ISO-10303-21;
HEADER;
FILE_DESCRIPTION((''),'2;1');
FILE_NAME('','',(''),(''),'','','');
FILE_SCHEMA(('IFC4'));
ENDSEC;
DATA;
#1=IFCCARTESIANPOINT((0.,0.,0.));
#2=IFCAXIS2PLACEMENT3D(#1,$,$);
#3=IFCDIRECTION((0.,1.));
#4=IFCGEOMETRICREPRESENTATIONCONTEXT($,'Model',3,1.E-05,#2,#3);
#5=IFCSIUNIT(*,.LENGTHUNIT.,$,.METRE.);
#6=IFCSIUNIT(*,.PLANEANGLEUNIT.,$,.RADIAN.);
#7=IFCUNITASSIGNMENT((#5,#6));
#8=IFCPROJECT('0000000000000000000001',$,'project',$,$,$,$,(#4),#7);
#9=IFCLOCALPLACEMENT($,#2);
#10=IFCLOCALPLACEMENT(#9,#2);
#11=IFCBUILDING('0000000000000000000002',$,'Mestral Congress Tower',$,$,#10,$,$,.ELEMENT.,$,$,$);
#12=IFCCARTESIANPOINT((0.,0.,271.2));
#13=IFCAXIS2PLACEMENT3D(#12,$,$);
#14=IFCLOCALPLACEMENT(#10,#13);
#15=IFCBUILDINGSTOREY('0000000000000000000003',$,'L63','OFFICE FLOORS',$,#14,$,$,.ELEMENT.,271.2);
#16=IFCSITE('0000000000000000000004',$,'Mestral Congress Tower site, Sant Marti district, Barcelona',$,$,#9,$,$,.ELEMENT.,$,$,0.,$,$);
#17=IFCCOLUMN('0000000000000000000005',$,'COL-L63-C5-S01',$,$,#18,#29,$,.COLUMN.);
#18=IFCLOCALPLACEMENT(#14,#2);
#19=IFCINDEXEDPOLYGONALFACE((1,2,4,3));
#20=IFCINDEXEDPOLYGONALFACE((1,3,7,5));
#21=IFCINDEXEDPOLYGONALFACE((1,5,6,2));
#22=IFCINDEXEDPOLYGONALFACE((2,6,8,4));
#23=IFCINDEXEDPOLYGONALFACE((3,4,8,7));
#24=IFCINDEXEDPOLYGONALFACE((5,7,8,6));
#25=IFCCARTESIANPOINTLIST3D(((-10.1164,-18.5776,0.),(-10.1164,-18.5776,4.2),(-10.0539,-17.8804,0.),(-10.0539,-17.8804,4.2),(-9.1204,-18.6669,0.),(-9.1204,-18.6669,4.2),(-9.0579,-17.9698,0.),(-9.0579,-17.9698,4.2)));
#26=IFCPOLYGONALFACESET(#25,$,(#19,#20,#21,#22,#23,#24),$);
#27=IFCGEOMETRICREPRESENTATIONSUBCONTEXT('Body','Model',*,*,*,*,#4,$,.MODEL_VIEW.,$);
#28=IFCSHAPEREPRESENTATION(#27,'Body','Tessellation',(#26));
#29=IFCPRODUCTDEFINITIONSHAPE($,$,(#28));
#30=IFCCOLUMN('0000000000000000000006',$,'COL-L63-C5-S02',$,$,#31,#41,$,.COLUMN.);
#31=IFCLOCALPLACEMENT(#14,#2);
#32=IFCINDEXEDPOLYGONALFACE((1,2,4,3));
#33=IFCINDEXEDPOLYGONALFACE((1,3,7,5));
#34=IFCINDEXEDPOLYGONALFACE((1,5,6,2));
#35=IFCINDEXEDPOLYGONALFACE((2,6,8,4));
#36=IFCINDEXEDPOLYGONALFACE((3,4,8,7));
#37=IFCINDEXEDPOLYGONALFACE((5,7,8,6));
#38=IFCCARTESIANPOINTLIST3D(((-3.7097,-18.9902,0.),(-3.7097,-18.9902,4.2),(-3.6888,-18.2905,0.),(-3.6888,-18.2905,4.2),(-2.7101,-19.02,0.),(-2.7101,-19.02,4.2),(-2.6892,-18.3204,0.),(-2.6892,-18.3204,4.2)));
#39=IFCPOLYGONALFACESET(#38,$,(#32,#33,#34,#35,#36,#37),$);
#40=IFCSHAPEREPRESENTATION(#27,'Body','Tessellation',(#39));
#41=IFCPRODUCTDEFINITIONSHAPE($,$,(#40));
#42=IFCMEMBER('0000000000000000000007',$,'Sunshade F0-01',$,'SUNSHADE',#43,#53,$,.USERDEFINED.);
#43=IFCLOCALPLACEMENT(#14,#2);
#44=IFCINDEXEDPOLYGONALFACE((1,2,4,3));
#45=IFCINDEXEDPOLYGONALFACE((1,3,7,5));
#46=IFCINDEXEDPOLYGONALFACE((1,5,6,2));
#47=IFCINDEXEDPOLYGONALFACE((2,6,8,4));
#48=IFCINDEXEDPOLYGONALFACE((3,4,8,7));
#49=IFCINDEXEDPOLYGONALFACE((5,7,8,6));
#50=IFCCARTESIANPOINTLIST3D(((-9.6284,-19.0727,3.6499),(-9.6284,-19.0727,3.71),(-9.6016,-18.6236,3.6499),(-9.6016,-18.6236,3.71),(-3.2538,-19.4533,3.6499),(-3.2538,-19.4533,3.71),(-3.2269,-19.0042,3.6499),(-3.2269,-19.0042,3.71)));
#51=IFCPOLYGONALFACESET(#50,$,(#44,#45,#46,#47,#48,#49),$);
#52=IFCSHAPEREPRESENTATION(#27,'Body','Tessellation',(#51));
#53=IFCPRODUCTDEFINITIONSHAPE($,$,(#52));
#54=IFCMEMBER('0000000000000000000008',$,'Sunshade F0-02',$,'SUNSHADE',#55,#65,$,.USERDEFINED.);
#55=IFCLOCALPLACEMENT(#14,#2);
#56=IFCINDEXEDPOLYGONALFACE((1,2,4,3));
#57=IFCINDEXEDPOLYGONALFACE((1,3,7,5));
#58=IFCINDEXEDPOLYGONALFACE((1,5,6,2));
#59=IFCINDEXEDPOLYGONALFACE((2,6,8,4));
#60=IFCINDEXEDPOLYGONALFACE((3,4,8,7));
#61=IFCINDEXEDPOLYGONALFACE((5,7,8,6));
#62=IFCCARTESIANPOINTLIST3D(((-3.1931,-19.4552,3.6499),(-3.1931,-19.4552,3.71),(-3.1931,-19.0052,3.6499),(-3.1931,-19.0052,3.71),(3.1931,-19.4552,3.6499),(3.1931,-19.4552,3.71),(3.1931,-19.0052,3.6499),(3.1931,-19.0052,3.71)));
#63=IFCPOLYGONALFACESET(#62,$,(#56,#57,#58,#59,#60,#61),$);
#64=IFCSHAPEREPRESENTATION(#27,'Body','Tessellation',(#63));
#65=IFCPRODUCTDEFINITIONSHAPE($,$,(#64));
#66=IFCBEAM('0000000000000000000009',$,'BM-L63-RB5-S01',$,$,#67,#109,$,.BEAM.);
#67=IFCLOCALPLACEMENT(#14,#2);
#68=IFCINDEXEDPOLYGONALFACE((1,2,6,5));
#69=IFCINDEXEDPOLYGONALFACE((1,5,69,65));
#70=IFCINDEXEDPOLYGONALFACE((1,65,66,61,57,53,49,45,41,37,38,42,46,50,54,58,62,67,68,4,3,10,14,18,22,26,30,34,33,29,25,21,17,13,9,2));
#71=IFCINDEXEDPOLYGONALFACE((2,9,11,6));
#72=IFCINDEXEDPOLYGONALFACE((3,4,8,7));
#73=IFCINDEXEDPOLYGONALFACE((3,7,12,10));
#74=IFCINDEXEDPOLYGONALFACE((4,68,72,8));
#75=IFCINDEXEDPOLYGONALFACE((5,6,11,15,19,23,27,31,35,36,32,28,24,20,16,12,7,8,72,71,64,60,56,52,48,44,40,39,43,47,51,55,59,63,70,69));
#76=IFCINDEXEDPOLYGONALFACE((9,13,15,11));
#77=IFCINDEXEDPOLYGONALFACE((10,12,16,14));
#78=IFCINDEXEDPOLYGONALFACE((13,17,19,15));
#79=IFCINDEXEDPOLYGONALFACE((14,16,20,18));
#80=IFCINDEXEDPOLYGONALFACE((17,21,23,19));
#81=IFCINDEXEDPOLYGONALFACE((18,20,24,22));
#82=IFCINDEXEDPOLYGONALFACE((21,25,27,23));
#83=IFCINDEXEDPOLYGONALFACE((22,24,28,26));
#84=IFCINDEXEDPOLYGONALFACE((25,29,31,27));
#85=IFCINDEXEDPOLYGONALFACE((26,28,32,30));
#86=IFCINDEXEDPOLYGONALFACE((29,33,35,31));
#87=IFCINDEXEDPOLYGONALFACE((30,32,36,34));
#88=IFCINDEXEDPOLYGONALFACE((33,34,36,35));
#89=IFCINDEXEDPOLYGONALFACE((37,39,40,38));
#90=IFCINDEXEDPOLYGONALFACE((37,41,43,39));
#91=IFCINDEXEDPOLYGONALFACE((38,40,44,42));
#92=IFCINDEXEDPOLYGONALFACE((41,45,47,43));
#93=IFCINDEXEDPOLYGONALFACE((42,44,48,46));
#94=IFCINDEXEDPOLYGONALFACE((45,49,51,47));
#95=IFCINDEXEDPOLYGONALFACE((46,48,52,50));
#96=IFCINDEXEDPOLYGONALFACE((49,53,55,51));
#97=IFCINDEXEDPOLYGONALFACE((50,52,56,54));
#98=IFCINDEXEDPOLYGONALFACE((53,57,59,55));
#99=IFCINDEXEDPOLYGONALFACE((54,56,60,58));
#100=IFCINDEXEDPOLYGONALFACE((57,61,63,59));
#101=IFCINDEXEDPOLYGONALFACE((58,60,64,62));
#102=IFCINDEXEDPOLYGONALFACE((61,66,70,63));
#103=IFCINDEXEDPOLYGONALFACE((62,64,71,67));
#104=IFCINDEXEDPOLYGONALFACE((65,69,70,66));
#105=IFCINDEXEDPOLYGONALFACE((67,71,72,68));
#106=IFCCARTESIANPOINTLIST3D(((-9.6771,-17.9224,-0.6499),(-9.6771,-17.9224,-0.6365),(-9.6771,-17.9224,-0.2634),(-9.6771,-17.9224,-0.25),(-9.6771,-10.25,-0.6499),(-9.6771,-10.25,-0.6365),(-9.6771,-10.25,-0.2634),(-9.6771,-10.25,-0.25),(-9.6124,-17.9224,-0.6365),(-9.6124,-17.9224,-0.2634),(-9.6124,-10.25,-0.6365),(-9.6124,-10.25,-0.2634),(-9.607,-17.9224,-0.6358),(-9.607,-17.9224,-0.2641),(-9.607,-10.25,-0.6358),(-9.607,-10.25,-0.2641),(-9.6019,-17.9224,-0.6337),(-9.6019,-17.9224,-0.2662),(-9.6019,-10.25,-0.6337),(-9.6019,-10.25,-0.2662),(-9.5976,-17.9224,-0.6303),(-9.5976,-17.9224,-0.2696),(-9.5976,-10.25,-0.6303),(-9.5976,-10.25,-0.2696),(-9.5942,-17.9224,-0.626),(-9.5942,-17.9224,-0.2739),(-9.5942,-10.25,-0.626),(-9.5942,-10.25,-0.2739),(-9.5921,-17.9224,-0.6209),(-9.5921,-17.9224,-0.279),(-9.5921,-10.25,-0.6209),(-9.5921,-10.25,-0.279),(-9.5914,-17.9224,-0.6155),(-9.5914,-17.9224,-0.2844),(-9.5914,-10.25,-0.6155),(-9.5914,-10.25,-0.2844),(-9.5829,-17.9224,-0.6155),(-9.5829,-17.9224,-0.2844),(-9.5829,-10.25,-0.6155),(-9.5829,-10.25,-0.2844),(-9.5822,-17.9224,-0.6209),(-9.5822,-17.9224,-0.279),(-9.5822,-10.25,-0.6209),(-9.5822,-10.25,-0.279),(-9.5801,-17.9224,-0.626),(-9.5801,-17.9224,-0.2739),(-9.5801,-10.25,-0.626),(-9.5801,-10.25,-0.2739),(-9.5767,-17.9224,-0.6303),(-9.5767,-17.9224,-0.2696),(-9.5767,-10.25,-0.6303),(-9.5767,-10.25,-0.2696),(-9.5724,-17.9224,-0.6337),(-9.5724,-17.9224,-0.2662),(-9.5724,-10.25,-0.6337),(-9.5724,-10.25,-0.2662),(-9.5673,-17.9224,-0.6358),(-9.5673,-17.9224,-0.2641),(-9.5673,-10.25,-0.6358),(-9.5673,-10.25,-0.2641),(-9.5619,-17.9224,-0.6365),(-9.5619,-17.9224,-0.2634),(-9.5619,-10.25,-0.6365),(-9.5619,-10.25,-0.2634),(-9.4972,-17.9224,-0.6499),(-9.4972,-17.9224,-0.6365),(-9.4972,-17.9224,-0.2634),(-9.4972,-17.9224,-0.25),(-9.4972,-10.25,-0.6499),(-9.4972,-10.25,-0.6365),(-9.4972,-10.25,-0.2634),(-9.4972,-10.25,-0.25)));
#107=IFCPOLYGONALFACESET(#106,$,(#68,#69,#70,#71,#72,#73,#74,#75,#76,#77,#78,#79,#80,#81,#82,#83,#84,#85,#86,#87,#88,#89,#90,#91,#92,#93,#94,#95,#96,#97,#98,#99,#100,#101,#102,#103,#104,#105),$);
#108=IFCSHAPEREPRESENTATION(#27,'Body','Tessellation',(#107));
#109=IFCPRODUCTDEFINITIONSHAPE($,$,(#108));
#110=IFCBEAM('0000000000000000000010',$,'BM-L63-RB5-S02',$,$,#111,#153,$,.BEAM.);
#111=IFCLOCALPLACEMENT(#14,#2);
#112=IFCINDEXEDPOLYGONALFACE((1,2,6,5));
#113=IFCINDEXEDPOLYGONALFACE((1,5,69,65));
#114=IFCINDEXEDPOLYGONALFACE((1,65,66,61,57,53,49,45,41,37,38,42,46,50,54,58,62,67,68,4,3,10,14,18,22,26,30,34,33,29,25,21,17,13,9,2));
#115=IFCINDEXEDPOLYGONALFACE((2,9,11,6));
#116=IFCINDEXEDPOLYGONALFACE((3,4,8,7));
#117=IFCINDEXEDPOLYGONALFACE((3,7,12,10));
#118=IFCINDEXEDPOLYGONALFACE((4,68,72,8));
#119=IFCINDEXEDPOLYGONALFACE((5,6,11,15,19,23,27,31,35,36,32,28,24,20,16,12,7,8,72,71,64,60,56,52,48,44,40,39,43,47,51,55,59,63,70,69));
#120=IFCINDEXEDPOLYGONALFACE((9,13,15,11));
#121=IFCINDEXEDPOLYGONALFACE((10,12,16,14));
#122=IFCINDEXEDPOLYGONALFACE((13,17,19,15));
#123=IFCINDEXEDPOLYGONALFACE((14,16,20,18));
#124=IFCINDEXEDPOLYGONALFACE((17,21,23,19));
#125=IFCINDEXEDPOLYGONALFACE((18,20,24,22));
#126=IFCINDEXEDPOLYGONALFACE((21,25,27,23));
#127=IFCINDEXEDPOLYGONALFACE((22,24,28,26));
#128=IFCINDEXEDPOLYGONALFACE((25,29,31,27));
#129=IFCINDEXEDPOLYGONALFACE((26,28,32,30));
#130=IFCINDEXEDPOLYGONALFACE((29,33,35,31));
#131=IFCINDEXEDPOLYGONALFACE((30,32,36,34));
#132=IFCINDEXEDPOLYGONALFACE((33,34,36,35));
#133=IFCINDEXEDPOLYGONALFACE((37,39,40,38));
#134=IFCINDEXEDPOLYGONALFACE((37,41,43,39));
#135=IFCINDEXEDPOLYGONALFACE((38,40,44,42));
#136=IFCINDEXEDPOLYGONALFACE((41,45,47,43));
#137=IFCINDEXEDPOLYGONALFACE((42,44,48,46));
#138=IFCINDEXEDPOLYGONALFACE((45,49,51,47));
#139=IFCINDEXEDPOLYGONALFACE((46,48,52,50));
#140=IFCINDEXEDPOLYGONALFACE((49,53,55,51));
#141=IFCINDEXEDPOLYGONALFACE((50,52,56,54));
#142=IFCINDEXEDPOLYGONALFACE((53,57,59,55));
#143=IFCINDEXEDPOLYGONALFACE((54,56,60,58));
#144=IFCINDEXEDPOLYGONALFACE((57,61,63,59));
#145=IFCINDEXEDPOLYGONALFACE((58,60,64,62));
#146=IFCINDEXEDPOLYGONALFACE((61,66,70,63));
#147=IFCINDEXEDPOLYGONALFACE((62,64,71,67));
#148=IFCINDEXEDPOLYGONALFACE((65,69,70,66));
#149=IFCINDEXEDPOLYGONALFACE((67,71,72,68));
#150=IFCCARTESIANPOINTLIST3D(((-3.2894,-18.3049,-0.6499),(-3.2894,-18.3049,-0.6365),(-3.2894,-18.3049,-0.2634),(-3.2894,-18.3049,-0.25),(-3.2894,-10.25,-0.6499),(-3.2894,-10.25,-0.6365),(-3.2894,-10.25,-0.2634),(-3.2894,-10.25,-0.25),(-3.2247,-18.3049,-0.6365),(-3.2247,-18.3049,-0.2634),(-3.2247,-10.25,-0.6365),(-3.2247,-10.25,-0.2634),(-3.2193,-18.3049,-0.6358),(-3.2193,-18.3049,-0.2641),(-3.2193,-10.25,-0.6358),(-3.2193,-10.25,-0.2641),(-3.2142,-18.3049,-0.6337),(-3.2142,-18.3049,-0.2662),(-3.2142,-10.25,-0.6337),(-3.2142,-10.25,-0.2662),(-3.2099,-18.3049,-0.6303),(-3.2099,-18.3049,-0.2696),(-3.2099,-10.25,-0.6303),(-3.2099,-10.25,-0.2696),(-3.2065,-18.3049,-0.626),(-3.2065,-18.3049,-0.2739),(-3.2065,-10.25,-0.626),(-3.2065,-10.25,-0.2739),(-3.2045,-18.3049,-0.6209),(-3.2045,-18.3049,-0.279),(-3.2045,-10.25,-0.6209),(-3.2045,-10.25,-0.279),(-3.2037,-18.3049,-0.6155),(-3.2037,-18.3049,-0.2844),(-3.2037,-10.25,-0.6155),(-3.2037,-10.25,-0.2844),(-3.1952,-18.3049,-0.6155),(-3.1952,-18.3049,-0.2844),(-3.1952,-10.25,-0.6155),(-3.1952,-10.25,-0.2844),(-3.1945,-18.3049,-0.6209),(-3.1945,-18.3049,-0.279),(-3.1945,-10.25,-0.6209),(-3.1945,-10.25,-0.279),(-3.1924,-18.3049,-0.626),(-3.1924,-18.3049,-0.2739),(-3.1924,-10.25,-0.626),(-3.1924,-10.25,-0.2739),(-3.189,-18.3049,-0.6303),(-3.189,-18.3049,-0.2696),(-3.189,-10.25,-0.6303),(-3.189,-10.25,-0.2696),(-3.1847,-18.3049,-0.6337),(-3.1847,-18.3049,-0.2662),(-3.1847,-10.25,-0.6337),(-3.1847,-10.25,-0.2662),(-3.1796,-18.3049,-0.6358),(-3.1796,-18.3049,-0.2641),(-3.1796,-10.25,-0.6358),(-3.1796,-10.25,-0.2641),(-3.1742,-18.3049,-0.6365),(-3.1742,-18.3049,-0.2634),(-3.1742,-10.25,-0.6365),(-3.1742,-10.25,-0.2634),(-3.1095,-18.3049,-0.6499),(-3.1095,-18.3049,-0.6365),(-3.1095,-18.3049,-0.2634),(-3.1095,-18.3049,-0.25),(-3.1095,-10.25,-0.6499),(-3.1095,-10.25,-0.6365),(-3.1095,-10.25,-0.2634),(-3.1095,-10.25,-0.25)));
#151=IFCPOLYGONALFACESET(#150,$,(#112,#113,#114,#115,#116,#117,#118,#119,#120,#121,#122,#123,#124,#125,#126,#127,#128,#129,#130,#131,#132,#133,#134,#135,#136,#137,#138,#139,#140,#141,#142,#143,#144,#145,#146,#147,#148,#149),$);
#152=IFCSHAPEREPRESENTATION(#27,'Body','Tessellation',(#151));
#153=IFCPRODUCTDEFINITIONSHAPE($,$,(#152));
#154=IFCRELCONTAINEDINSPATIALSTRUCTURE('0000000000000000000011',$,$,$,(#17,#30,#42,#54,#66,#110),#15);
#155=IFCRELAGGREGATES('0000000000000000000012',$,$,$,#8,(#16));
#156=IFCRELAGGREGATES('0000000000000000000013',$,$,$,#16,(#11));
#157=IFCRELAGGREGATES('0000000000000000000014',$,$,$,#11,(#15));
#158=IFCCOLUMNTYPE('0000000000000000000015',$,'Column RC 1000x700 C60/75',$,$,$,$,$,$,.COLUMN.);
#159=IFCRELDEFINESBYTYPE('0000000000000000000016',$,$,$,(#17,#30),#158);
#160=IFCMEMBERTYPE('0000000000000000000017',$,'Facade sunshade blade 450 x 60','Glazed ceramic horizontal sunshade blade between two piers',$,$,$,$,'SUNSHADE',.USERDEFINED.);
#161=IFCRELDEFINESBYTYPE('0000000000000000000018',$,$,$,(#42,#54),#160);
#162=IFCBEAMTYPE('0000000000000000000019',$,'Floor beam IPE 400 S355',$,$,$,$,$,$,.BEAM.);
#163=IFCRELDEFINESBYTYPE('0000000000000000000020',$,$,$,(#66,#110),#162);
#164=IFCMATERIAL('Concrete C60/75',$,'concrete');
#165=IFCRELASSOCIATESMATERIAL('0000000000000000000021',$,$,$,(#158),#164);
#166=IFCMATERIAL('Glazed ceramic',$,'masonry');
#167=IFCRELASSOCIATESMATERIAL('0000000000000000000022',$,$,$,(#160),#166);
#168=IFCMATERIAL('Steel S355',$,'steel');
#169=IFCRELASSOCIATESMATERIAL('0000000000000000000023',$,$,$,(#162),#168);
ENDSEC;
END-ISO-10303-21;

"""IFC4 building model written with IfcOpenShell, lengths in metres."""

from ifc_helpers import new_model, si_unit, direction, frame, origin, origin_2d, place, context, subcontext, project, spatial, rectangle, i_section, extrude, material, material_profile, profile_set, type_object, element, save


model = new_model("IFC4")

# Units and contexts
model_context = context("Model", 3, precision=1e-05, world=origin(), true_north=direction((0.0, 1.0)))
body_context = subcontext(model_context, "Body", "Model", "MODEL_VIEW")
ifc_project = project(units=[si_unit("LENGTHUNIT", "METRE"), si_unit("PLANEANGLEUNIT", "RADIAN")], contexts=[model_context])

# Site, building, storey
site_placement = place(None, origin())
site = spatial("IfcSite", under=ifc_project, at=site_placement, Name="Mestral Congress Tower site, Sant Marti district, Barcelona", CompositionType="ELEMENT", RefElevation=0.0)
building_placement = place(site_placement, origin())
building = spatial("IfcBuilding", under=site, at=building_placement, Name="Mestral Congress Tower", CompositionType="ELEMENT")
storey_placement = place(building_placement, frame((0.0, 0.0, 271.2)))
storey = spatial("IfcBuildingStorey", under=building, at=storey_placement, Name="L63", Description="OFFICE FLOORS", CompositionType="ELEMENT", Elevation=271.2)

# Columns
ifc_material_1 = material(Name="Concrete C60/75", Category="concrete")
ifc_material_profile_1 = material_profile(ifc_material_1, rectangle(XDim=1.0, YDim=0.7, at=origin_2d()), Name="RC 1000x700")
ifc_profile_set_1 = profile_set([ifc_material_profile_1], Name="Concrete C60/75")
column_type = type_object("IfcColumnType", Name="Column RC 1000x700 C60/75", PredefinedType="COLUMN", material=ifc_profile_set_1)
for number, where, z_axis, x_axis, name in (
    (1, (-9.5872, -18.2737, 0.0), (0.0, 0.0, 1.0), (0.995998, -0.089378, 0.0), "COL-L63-C5-S01"),
    (2, (-3.1995, -18.6553, 0.0), (0.0, 0.0, 1.0), (0.999555, -0.029828, 0.0), "COL-L63-C5-S02"),
):
    element("IfcColumn", number, at=place(storey_placement, frame(where, z_axis=z_axis, x_axis=x_axis)), inside=storey, type_object=column_type, Name=name, PredefinedType="COLUMN", context=body_context, shape_type="SweptSolid", body=[
        extrude(rectangle(XDim=1.0, YDim=0.7, at=origin_2d()), origin(), (0.0, 0.0, 1.0), 4.2),
    ])

# Members
ifc_material_2 = material(Name="Glazed ceramic", Category="masonry")
ifc_material_profile_2 = material_profile(ifc_material_2, rectangle(XDim=0.45, YDim=0.0601, at=origin_2d()), Name="Ceramic blade 450 x 60")
ifc_profile_set_2 = profile_set([ifc_material_profile_2], Name="Glazed ceramic")
member_type = type_object("IfcMemberType", Name="Facade sunshade blade 450 x 60", Description="Glazed ceramic horizontal sunshade blade between two piers", ElementType="SUNSHADE", PredefinedType="USERDEFINED", material=ifc_profile_set_2)
member_1_placement = place(storey_placement, frame((-9.615, -18.8481, 3.6799), z_axis=(0.998222, -0.059603, 0.0), x_axis=(0.059603, 0.998222, 0.0)))
element("IfcMember", 3, at=member_1_placement, inside=storey, type_object=member_type, Name="Sunshade F0-01", ObjectType="SUNSHADE", PredefinedType="USERDEFINED", context=body_context, shape_type="SweptSolid", body=[
    extrude(rectangle(XDim=0.45, YDim=0.0601, at=origin_2d()), origin(), (0.0, 0.0, 1.0), 6.386),
])
member_2_placement = place(storey_placement, frame((-3.1931, -19.2302, 3.6799), z_axis=(1.0, 0.0, 0.0), x_axis=(0.0, 1.0, 0.0)))
element("IfcMember", 4, at=member_2_placement, inside=storey, type_object=member_type, Name="Sunshade F0-02", ObjectType="SUNSHADE", PredefinedType="USERDEFINED", context=body_context, shape_type="SweptSolid", body=[
    extrude(rectangle(XDim=0.45, YDim=0.0601, at=origin_2d()), origin(), (0.0, 0.0, 1.0), 6.3862),
])

# Beams
ifc_material_3 = material(Name="Steel S355", Category="steel")
ifc_material_profile_3 = material_profile(ifc_material_3, i_section(OverallWidth=0.1799, OverallDepth=0.3999, WebThickness=0.0085, FlangeThickness=0.0134, FilletRadius=0.021, at=origin_2d()), Name="IPE 400")
ifc_profile_set_3 = profile_set([ifc_material_profile_3], Name="Steel S355")
beam_type_1 = type_object("IfcBeamType", Name="Floor beam IPE 400 S355", PredefinedType="BEAM", material=ifc_profile_set_3)
beam_1_placement = place(storey_placement, frame((-9.5872, -17.9224, -0.45), z_axis=(0.0, 1.0, 0.0), x_axis=(-1.0, 0.0, 0.0)))
element("IfcBeam", 5, at=beam_1_placement, inside=storey, type_object=beam_type_1, Name="BM-L63-RB5-S01", PredefinedType="BEAM", context=body_context, shape_type="SweptSolid", body=[
    extrude(i_section(OverallWidth=0.1799, OverallDepth=0.3999, WebThickness=0.0085, FlangeThickness=0.0134, FilletRadius=0.021, at=origin_2d()), origin(), (0.0, 0.0, 1.0), 7.6724),
])
beam_2_placement = place(storey_placement, frame((-3.1995, -18.3049, -0.45), z_axis=(0.0, 1.0, 0.0), x_axis=(-1.0, 0.0, 0.0)))
element("IfcBeam", 6, at=beam_2_placement, inside=storey, type_object=beam_type_1, Name="BM-L63-RB5-S02", PredefinedType="BEAM", context=body_context, shape_type="SweptSolid", body=[
    extrude(i_section(OverallWidth=0.1799, OverallDepth=0.3999, WebThickness=0.0085, FlangeThickness=0.0134, FilletRadius=0.021, at=origin_2d()), origin(), (0.0, 0.0, 1.0), 8.0549),
])

save(model, "model.ifc")
